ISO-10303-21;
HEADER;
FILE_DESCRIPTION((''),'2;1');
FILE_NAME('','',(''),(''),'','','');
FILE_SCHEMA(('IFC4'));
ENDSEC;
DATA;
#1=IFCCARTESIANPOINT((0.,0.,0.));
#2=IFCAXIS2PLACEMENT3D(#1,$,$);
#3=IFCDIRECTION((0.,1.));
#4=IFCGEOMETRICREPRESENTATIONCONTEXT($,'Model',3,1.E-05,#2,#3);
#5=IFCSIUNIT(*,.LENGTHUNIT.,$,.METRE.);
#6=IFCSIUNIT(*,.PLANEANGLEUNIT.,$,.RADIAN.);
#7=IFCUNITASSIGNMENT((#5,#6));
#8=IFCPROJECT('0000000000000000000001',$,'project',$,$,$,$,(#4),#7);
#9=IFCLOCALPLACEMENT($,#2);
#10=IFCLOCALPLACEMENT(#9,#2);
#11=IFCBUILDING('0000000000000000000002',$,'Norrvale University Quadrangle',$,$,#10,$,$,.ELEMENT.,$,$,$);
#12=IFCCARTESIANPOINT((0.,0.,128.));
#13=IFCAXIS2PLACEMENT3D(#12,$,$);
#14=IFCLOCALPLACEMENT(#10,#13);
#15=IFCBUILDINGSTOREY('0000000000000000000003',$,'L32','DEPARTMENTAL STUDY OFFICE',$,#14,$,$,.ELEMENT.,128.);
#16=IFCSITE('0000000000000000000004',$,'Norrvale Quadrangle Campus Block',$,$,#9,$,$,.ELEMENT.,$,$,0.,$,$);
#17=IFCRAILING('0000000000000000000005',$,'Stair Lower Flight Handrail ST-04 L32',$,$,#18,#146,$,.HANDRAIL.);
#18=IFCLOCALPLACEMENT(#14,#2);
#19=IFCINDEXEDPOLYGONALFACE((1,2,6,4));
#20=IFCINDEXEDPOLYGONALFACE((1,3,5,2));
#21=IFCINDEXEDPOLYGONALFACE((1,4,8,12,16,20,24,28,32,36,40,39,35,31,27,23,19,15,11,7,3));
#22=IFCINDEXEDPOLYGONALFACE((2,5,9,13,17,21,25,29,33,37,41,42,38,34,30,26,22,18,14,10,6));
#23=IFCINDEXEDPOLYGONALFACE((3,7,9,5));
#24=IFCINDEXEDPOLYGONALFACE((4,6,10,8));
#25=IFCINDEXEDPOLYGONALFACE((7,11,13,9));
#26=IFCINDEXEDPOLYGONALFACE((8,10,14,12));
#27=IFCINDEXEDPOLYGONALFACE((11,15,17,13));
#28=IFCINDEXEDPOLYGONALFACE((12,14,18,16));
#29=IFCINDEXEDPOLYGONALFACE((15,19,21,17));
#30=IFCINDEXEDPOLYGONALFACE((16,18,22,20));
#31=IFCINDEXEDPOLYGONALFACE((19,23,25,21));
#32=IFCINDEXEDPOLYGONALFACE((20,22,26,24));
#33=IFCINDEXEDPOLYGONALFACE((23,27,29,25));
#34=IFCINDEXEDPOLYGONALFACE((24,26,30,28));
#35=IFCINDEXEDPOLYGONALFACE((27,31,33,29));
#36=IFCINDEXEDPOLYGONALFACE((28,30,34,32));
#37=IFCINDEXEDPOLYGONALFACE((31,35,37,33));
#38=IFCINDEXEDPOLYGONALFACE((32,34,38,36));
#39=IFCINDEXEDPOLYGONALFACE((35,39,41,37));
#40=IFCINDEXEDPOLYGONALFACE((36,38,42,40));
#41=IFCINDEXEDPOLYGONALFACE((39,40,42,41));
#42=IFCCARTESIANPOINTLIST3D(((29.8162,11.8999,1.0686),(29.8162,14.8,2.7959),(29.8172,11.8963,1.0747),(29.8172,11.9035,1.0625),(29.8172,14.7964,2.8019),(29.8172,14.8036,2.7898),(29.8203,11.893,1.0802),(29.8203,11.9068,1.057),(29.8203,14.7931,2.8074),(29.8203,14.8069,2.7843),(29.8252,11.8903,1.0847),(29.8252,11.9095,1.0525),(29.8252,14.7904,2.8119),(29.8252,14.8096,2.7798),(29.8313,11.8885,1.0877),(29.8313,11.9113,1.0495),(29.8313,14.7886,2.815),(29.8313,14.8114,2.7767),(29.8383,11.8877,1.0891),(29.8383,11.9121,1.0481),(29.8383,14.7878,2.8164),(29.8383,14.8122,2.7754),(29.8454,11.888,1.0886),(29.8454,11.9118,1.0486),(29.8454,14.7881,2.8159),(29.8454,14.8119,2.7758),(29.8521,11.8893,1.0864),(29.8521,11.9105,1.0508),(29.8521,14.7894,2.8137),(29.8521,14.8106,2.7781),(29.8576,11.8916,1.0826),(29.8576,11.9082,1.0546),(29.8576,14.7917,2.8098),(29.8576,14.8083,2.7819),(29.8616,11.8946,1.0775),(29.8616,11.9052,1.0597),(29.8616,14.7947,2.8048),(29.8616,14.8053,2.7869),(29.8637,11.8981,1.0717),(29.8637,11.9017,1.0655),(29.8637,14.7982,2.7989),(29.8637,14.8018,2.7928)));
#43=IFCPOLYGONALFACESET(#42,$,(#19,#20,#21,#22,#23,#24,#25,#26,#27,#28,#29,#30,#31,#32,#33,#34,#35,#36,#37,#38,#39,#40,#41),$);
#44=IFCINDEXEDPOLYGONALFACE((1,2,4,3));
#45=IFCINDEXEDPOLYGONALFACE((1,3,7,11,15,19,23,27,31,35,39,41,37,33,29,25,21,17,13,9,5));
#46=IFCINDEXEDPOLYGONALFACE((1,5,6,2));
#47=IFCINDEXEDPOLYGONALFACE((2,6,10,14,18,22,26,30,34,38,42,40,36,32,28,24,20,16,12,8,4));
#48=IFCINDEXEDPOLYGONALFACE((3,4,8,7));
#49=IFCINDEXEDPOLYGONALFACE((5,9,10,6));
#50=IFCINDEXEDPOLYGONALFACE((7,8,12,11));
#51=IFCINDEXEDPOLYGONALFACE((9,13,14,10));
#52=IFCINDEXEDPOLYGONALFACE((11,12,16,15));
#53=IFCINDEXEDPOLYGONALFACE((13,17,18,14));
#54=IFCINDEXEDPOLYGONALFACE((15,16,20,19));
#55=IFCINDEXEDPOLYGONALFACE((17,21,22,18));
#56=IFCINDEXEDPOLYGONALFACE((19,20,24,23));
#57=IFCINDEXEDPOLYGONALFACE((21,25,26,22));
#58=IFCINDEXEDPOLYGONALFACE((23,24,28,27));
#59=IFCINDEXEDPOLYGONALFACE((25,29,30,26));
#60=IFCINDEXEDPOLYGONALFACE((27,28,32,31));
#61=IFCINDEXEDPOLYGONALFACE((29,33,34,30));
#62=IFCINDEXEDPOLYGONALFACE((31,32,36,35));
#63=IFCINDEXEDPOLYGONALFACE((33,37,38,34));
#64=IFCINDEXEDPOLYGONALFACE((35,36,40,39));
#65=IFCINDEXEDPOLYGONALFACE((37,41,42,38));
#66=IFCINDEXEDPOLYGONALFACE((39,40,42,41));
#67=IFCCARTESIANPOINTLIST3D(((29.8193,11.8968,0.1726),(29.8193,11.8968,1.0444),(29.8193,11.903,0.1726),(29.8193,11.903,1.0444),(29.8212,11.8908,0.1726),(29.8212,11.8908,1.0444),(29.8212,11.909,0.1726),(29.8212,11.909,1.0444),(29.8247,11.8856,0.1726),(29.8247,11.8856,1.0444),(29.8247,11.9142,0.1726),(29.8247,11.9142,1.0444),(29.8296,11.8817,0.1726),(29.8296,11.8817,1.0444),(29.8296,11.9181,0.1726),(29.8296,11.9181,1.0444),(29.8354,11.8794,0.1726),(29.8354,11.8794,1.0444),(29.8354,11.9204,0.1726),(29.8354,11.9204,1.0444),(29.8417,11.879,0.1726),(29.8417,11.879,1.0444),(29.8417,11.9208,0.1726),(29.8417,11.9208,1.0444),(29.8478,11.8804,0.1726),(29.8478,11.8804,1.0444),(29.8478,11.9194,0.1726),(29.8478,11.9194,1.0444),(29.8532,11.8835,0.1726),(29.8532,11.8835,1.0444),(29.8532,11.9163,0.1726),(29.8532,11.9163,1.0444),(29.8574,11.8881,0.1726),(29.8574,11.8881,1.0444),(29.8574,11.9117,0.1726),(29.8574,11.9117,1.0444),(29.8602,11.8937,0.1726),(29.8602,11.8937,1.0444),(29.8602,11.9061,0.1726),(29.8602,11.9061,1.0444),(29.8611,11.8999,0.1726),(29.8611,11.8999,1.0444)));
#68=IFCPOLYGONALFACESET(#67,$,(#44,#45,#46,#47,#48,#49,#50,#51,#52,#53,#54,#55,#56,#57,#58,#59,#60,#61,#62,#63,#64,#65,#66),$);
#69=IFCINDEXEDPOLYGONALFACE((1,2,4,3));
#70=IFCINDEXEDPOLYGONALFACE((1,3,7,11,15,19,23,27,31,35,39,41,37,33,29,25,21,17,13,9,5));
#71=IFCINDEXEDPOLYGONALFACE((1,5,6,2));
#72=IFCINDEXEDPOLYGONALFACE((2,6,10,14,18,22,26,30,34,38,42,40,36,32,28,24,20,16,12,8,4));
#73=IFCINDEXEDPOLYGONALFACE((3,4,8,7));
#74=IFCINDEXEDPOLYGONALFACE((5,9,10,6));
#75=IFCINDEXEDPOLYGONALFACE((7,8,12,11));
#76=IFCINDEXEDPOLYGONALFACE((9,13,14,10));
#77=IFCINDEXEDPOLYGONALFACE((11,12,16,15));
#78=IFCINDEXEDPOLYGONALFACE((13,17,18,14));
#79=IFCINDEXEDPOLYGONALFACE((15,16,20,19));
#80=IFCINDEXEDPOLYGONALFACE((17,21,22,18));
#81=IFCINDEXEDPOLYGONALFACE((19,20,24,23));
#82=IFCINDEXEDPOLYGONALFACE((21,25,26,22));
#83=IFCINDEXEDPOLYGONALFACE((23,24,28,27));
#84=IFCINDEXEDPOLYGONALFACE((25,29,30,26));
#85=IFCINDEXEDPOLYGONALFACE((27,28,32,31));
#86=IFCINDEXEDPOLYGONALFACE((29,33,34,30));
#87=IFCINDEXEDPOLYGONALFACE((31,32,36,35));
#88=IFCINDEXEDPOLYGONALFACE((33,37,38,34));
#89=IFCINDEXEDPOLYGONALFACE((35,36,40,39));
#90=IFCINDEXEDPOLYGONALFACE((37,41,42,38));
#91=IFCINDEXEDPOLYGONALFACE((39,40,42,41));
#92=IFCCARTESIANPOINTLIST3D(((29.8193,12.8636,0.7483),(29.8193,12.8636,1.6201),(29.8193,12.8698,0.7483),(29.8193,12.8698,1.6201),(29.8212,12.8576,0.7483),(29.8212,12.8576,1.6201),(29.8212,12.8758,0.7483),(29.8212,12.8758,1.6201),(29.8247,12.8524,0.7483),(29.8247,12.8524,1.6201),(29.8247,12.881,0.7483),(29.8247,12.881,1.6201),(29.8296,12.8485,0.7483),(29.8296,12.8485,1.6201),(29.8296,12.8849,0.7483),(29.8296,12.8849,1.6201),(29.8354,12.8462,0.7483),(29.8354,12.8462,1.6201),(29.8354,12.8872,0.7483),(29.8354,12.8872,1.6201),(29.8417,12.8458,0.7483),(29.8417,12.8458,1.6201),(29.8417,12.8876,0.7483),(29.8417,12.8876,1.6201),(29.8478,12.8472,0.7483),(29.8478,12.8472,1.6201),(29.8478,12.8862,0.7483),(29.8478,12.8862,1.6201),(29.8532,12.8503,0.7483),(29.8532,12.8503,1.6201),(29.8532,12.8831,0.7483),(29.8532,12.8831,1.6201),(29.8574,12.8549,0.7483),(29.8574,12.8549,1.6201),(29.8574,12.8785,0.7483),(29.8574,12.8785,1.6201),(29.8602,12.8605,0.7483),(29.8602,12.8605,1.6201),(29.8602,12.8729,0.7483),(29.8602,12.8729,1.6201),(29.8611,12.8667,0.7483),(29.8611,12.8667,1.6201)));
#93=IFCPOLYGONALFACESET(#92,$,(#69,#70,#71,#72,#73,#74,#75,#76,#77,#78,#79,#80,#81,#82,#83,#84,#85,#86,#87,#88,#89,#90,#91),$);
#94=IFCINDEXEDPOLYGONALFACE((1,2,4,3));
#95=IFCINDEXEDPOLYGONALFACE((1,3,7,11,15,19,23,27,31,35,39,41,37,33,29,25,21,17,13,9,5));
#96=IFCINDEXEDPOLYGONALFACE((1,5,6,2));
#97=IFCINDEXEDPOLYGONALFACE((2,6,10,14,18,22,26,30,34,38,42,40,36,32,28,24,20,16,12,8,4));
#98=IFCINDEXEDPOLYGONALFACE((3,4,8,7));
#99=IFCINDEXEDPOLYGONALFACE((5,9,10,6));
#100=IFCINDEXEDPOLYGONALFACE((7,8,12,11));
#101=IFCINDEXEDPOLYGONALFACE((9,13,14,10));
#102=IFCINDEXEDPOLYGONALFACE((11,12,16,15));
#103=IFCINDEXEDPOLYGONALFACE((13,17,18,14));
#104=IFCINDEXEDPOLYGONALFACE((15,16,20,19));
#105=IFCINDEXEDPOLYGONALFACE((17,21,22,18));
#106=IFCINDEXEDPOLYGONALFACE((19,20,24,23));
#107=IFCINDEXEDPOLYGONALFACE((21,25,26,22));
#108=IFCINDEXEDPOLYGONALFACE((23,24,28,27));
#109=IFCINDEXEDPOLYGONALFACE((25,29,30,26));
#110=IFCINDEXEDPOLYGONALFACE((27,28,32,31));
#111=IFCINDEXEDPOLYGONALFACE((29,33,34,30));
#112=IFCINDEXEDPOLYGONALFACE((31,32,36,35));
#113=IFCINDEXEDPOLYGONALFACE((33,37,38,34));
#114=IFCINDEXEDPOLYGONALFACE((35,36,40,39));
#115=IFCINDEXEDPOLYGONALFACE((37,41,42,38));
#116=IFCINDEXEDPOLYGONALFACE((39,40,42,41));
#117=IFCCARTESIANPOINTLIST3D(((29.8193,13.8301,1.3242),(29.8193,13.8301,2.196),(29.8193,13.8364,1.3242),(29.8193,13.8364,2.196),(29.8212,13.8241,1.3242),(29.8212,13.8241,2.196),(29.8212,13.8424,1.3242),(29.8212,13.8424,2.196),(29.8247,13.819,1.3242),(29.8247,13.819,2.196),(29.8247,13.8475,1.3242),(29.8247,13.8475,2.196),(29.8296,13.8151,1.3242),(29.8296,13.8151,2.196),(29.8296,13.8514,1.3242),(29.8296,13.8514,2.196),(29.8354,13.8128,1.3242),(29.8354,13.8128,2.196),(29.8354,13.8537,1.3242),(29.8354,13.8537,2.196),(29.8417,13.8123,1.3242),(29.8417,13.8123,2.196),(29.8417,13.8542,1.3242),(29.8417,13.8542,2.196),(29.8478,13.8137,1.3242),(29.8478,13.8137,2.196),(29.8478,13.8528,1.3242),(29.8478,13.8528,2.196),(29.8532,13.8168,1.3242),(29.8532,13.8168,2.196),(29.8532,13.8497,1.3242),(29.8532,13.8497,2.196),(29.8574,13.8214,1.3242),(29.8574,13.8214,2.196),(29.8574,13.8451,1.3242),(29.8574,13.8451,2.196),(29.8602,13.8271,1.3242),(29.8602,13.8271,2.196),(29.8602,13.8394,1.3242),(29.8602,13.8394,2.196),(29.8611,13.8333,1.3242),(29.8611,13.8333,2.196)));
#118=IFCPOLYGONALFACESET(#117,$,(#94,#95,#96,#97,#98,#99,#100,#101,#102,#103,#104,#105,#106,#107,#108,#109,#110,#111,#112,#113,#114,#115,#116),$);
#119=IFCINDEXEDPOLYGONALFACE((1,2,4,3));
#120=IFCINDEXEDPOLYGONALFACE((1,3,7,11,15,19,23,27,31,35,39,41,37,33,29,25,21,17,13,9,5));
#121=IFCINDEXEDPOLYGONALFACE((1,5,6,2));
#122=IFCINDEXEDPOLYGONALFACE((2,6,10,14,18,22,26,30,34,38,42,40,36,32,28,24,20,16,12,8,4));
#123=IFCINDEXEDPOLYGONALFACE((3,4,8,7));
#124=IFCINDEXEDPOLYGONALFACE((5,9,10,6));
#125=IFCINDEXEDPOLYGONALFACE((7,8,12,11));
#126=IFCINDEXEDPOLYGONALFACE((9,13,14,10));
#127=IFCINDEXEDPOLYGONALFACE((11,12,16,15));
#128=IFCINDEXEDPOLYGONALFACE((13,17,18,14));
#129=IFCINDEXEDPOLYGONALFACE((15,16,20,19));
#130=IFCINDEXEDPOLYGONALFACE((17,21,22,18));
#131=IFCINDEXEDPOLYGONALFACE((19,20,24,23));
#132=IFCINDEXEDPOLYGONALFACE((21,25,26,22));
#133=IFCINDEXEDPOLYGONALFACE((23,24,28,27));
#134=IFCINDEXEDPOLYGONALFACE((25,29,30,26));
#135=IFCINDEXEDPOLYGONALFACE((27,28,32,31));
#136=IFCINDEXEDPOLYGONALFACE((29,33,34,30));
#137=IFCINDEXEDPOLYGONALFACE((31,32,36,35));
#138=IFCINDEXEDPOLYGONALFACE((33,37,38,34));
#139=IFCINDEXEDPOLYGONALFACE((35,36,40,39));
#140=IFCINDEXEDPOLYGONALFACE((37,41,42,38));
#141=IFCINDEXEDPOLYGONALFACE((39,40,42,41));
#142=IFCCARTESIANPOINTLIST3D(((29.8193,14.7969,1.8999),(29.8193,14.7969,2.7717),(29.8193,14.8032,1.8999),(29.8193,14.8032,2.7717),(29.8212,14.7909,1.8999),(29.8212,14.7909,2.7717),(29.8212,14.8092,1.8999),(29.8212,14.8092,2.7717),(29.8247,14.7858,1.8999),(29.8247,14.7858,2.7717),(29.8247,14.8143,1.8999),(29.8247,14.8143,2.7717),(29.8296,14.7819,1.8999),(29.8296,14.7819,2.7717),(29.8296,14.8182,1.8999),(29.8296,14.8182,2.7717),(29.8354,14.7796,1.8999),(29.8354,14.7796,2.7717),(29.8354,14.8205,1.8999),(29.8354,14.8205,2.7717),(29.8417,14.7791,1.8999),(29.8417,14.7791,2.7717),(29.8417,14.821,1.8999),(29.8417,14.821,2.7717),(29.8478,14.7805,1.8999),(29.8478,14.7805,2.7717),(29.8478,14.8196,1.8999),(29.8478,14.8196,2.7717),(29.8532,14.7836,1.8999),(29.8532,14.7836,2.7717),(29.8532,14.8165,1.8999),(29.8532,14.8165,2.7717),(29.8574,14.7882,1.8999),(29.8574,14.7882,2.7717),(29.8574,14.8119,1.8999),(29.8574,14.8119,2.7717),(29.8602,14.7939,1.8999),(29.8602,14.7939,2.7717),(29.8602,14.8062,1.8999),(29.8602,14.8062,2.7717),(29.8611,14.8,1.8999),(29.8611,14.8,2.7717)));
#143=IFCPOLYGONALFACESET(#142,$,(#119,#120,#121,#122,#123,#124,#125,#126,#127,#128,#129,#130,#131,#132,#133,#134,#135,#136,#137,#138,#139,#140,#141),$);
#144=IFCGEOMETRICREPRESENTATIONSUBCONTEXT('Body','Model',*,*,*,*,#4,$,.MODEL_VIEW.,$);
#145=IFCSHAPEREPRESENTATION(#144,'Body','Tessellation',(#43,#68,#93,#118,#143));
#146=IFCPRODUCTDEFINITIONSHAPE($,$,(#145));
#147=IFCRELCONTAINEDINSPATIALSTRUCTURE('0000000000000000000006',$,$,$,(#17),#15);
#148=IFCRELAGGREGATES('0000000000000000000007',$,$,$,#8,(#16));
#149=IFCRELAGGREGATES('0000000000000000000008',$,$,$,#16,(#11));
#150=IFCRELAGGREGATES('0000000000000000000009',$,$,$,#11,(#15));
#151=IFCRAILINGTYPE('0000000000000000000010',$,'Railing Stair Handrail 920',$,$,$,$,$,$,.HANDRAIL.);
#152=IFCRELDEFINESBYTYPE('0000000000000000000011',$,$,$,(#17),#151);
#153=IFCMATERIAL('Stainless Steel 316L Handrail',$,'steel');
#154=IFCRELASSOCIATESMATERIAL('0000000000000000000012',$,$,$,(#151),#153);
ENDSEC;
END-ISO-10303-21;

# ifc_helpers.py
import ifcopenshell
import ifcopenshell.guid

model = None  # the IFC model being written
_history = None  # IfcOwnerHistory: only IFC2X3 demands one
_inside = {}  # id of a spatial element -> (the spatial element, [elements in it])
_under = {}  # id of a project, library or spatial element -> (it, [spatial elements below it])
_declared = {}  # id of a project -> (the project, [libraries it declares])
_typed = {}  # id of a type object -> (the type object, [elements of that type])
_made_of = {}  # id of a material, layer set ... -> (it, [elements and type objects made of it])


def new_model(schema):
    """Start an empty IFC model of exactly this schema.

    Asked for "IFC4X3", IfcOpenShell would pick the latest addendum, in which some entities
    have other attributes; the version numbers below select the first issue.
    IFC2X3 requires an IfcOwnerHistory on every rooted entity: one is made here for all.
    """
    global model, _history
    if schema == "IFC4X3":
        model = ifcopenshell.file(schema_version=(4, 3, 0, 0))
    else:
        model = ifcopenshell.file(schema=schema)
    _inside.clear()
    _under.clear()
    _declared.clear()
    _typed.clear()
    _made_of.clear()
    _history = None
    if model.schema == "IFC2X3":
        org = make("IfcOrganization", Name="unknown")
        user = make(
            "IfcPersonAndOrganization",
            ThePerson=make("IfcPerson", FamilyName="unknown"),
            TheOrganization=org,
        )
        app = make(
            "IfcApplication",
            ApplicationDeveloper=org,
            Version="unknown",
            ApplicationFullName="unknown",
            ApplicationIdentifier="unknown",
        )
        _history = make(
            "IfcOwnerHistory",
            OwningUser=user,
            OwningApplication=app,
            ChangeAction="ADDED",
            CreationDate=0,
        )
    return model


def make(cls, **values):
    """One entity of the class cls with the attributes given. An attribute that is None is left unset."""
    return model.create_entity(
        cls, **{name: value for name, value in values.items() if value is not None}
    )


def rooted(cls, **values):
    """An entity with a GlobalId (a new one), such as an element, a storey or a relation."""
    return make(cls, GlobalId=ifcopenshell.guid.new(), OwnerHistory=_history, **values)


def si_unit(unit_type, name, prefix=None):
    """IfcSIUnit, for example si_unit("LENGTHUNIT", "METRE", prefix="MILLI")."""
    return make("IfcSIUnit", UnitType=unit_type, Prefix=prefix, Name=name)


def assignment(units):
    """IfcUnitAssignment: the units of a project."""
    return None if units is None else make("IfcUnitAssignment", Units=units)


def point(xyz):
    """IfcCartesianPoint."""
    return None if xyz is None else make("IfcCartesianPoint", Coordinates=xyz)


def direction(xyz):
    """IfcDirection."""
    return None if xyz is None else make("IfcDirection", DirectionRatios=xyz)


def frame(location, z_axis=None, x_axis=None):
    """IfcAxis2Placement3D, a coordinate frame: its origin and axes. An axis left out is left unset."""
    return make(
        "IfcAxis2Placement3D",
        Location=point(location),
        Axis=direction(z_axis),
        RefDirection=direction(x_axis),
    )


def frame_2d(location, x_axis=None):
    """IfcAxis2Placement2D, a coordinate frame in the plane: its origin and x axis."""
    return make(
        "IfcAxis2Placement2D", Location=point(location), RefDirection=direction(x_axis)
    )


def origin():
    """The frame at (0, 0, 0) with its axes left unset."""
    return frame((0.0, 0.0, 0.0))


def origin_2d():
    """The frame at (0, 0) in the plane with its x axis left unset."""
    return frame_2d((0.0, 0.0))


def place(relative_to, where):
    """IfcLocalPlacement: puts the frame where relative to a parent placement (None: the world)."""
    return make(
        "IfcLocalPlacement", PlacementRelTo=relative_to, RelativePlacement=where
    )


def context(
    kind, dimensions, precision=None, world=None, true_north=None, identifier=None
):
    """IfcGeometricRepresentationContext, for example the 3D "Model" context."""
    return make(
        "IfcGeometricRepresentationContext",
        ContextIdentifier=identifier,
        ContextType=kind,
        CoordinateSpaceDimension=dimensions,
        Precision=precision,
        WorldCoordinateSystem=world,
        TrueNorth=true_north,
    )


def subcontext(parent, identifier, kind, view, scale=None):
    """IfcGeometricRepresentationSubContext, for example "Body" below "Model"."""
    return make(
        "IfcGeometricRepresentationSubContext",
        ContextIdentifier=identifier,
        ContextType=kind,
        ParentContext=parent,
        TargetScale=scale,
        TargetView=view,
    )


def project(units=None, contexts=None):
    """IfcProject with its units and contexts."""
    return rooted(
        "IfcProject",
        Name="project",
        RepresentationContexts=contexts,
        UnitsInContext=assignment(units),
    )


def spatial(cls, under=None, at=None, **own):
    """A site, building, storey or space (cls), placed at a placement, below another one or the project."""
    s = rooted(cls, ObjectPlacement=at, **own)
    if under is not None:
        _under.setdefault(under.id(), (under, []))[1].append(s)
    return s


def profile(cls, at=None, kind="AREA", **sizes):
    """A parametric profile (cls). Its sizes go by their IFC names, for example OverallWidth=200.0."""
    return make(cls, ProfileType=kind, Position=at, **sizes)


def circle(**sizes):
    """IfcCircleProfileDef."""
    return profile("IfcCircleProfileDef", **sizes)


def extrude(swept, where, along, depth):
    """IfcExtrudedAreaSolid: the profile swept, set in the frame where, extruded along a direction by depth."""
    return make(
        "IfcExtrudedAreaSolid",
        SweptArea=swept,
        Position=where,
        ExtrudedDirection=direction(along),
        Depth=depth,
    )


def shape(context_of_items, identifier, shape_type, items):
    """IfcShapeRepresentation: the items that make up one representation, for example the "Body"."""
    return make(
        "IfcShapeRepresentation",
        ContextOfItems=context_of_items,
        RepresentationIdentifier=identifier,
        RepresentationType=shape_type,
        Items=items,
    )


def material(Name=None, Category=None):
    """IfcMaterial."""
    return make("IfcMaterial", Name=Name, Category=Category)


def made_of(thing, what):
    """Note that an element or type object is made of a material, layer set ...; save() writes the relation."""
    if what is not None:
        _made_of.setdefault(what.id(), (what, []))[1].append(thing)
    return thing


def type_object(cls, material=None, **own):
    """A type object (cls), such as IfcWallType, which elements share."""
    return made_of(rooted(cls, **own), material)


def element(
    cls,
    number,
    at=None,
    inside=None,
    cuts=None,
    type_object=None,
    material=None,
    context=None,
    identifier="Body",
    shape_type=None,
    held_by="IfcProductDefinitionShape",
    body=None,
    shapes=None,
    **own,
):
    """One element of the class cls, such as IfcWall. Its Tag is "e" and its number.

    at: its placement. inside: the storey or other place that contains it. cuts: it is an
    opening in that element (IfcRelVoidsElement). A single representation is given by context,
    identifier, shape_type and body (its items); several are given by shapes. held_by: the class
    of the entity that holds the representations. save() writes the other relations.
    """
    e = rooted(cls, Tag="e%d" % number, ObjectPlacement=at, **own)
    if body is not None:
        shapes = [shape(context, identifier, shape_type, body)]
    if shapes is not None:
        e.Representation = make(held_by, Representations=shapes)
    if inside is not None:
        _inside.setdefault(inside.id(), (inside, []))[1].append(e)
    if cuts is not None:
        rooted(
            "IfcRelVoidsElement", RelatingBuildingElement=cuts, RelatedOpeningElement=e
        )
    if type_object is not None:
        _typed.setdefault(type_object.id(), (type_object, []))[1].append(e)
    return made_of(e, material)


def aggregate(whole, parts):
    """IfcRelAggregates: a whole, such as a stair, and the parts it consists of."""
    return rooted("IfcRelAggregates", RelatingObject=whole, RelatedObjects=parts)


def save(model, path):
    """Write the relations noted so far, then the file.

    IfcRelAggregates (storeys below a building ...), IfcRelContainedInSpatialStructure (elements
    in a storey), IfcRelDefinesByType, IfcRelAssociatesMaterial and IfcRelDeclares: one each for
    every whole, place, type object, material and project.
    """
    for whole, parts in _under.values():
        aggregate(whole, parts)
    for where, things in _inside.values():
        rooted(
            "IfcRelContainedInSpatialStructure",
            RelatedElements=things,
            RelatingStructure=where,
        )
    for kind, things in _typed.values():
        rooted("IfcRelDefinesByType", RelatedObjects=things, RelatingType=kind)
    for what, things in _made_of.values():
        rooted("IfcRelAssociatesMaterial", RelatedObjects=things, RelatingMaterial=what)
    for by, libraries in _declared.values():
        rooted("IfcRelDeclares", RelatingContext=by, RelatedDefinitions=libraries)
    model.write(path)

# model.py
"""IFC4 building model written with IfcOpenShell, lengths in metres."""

from ifc_helpers import new_model, si_unit, direction, frame, origin, origin_2d, place, context, subcontext, project, spatial, circle, extrude, material, type_object, element, save


model = new_model("IFC4")

# Units and contexts
model_context = context("Model", 3, precision=1e-05, world=origin(), true_north=direction((0.0, 1.0)))
body_context = subcontext(model_context, "Body", "Model", "MODEL_VIEW")
ifc_project = project(units=[si_unit("LENGTHUNIT", "METRE"), si_unit("PLANEANGLEUNIT", "RADIAN")], contexts=[model_context])

# Site, building, storey
site_placement = place(None, origin())
site = spatial("IfcSite", under=ifc_project, at=site_placement, Name="Norrvale Quadrangle Campus Block", CompositionType="ELEMENT", RefElevation=0.0)
building_placement = place(site_placement, origin())
building = spatial("IfcBuilding", under=site, at=building_placement, Name="Norrvale University Quadrangle", CompositionType="ELEMENT")
storey_placement = place(building_placement, frame((0.0, 0.0, 128.0)))
storey = spatial("IfcBuildingStorey", under=building, at=storey_placement, Name="L32", Description="DEPARTMENTAL STUDY OFFICE", CompositionType="ELEMENT", Elevation=128.0)

# Railing
ifc_material_1 = material(Name="Stainless Steel 316L Handrail", Category="steel")
railing_type_1 = type_object("IfcRailingType", Name="Railing Stair Handrail 920", PredefinedType="HANDRAIL", material=ifc_material_1)
railing_1_placement = place(storey_placement, frame((29.8401, 11.8999, 0.1726)))
element("IfcRailing", 1, at=railing_1_placement, inside=storey, type_object=railing_type_1, Name="Stair Lower Flight Handrail ST-04 L32", PredefinedType="HANDRAIL", context=body_context, shape_type="SweptSolid", body=[
    extrude(circle(Radius=0.0239, at=origin_2d()), frame((0.0, 0.0, 0.896), z_axis=(0.0, 0.85916, 0.511706), x_axis=(-1.0, 0.0, 0.0)), (0.0, 0.0, 1.0), 3.3755),
    extrude(circle(Radius=0.021, at=origin_2d()), origin(), (0.0, 0.0, 1.0), 0.8718),
    extrude(circle(Radius=0.021, at=origin_2d()), frame((0.0, 0.9668, 0.5757)), (0.0, 0.0, 1.0), 0.8718),
    extrude(circle(Radius=0.021, at=origin_2d()), frame((0.0, 1.9333, 1.1516)), (0.0, 0.0, 1.0), 0.8718),
    extrude(circle(Radius=0.021, at=origin_2d()), frame((0.0, 2.9001, 1.7273)), (0.0, 0.0, 1.0), 0.8718),
])

save(model, "model.ifc")
